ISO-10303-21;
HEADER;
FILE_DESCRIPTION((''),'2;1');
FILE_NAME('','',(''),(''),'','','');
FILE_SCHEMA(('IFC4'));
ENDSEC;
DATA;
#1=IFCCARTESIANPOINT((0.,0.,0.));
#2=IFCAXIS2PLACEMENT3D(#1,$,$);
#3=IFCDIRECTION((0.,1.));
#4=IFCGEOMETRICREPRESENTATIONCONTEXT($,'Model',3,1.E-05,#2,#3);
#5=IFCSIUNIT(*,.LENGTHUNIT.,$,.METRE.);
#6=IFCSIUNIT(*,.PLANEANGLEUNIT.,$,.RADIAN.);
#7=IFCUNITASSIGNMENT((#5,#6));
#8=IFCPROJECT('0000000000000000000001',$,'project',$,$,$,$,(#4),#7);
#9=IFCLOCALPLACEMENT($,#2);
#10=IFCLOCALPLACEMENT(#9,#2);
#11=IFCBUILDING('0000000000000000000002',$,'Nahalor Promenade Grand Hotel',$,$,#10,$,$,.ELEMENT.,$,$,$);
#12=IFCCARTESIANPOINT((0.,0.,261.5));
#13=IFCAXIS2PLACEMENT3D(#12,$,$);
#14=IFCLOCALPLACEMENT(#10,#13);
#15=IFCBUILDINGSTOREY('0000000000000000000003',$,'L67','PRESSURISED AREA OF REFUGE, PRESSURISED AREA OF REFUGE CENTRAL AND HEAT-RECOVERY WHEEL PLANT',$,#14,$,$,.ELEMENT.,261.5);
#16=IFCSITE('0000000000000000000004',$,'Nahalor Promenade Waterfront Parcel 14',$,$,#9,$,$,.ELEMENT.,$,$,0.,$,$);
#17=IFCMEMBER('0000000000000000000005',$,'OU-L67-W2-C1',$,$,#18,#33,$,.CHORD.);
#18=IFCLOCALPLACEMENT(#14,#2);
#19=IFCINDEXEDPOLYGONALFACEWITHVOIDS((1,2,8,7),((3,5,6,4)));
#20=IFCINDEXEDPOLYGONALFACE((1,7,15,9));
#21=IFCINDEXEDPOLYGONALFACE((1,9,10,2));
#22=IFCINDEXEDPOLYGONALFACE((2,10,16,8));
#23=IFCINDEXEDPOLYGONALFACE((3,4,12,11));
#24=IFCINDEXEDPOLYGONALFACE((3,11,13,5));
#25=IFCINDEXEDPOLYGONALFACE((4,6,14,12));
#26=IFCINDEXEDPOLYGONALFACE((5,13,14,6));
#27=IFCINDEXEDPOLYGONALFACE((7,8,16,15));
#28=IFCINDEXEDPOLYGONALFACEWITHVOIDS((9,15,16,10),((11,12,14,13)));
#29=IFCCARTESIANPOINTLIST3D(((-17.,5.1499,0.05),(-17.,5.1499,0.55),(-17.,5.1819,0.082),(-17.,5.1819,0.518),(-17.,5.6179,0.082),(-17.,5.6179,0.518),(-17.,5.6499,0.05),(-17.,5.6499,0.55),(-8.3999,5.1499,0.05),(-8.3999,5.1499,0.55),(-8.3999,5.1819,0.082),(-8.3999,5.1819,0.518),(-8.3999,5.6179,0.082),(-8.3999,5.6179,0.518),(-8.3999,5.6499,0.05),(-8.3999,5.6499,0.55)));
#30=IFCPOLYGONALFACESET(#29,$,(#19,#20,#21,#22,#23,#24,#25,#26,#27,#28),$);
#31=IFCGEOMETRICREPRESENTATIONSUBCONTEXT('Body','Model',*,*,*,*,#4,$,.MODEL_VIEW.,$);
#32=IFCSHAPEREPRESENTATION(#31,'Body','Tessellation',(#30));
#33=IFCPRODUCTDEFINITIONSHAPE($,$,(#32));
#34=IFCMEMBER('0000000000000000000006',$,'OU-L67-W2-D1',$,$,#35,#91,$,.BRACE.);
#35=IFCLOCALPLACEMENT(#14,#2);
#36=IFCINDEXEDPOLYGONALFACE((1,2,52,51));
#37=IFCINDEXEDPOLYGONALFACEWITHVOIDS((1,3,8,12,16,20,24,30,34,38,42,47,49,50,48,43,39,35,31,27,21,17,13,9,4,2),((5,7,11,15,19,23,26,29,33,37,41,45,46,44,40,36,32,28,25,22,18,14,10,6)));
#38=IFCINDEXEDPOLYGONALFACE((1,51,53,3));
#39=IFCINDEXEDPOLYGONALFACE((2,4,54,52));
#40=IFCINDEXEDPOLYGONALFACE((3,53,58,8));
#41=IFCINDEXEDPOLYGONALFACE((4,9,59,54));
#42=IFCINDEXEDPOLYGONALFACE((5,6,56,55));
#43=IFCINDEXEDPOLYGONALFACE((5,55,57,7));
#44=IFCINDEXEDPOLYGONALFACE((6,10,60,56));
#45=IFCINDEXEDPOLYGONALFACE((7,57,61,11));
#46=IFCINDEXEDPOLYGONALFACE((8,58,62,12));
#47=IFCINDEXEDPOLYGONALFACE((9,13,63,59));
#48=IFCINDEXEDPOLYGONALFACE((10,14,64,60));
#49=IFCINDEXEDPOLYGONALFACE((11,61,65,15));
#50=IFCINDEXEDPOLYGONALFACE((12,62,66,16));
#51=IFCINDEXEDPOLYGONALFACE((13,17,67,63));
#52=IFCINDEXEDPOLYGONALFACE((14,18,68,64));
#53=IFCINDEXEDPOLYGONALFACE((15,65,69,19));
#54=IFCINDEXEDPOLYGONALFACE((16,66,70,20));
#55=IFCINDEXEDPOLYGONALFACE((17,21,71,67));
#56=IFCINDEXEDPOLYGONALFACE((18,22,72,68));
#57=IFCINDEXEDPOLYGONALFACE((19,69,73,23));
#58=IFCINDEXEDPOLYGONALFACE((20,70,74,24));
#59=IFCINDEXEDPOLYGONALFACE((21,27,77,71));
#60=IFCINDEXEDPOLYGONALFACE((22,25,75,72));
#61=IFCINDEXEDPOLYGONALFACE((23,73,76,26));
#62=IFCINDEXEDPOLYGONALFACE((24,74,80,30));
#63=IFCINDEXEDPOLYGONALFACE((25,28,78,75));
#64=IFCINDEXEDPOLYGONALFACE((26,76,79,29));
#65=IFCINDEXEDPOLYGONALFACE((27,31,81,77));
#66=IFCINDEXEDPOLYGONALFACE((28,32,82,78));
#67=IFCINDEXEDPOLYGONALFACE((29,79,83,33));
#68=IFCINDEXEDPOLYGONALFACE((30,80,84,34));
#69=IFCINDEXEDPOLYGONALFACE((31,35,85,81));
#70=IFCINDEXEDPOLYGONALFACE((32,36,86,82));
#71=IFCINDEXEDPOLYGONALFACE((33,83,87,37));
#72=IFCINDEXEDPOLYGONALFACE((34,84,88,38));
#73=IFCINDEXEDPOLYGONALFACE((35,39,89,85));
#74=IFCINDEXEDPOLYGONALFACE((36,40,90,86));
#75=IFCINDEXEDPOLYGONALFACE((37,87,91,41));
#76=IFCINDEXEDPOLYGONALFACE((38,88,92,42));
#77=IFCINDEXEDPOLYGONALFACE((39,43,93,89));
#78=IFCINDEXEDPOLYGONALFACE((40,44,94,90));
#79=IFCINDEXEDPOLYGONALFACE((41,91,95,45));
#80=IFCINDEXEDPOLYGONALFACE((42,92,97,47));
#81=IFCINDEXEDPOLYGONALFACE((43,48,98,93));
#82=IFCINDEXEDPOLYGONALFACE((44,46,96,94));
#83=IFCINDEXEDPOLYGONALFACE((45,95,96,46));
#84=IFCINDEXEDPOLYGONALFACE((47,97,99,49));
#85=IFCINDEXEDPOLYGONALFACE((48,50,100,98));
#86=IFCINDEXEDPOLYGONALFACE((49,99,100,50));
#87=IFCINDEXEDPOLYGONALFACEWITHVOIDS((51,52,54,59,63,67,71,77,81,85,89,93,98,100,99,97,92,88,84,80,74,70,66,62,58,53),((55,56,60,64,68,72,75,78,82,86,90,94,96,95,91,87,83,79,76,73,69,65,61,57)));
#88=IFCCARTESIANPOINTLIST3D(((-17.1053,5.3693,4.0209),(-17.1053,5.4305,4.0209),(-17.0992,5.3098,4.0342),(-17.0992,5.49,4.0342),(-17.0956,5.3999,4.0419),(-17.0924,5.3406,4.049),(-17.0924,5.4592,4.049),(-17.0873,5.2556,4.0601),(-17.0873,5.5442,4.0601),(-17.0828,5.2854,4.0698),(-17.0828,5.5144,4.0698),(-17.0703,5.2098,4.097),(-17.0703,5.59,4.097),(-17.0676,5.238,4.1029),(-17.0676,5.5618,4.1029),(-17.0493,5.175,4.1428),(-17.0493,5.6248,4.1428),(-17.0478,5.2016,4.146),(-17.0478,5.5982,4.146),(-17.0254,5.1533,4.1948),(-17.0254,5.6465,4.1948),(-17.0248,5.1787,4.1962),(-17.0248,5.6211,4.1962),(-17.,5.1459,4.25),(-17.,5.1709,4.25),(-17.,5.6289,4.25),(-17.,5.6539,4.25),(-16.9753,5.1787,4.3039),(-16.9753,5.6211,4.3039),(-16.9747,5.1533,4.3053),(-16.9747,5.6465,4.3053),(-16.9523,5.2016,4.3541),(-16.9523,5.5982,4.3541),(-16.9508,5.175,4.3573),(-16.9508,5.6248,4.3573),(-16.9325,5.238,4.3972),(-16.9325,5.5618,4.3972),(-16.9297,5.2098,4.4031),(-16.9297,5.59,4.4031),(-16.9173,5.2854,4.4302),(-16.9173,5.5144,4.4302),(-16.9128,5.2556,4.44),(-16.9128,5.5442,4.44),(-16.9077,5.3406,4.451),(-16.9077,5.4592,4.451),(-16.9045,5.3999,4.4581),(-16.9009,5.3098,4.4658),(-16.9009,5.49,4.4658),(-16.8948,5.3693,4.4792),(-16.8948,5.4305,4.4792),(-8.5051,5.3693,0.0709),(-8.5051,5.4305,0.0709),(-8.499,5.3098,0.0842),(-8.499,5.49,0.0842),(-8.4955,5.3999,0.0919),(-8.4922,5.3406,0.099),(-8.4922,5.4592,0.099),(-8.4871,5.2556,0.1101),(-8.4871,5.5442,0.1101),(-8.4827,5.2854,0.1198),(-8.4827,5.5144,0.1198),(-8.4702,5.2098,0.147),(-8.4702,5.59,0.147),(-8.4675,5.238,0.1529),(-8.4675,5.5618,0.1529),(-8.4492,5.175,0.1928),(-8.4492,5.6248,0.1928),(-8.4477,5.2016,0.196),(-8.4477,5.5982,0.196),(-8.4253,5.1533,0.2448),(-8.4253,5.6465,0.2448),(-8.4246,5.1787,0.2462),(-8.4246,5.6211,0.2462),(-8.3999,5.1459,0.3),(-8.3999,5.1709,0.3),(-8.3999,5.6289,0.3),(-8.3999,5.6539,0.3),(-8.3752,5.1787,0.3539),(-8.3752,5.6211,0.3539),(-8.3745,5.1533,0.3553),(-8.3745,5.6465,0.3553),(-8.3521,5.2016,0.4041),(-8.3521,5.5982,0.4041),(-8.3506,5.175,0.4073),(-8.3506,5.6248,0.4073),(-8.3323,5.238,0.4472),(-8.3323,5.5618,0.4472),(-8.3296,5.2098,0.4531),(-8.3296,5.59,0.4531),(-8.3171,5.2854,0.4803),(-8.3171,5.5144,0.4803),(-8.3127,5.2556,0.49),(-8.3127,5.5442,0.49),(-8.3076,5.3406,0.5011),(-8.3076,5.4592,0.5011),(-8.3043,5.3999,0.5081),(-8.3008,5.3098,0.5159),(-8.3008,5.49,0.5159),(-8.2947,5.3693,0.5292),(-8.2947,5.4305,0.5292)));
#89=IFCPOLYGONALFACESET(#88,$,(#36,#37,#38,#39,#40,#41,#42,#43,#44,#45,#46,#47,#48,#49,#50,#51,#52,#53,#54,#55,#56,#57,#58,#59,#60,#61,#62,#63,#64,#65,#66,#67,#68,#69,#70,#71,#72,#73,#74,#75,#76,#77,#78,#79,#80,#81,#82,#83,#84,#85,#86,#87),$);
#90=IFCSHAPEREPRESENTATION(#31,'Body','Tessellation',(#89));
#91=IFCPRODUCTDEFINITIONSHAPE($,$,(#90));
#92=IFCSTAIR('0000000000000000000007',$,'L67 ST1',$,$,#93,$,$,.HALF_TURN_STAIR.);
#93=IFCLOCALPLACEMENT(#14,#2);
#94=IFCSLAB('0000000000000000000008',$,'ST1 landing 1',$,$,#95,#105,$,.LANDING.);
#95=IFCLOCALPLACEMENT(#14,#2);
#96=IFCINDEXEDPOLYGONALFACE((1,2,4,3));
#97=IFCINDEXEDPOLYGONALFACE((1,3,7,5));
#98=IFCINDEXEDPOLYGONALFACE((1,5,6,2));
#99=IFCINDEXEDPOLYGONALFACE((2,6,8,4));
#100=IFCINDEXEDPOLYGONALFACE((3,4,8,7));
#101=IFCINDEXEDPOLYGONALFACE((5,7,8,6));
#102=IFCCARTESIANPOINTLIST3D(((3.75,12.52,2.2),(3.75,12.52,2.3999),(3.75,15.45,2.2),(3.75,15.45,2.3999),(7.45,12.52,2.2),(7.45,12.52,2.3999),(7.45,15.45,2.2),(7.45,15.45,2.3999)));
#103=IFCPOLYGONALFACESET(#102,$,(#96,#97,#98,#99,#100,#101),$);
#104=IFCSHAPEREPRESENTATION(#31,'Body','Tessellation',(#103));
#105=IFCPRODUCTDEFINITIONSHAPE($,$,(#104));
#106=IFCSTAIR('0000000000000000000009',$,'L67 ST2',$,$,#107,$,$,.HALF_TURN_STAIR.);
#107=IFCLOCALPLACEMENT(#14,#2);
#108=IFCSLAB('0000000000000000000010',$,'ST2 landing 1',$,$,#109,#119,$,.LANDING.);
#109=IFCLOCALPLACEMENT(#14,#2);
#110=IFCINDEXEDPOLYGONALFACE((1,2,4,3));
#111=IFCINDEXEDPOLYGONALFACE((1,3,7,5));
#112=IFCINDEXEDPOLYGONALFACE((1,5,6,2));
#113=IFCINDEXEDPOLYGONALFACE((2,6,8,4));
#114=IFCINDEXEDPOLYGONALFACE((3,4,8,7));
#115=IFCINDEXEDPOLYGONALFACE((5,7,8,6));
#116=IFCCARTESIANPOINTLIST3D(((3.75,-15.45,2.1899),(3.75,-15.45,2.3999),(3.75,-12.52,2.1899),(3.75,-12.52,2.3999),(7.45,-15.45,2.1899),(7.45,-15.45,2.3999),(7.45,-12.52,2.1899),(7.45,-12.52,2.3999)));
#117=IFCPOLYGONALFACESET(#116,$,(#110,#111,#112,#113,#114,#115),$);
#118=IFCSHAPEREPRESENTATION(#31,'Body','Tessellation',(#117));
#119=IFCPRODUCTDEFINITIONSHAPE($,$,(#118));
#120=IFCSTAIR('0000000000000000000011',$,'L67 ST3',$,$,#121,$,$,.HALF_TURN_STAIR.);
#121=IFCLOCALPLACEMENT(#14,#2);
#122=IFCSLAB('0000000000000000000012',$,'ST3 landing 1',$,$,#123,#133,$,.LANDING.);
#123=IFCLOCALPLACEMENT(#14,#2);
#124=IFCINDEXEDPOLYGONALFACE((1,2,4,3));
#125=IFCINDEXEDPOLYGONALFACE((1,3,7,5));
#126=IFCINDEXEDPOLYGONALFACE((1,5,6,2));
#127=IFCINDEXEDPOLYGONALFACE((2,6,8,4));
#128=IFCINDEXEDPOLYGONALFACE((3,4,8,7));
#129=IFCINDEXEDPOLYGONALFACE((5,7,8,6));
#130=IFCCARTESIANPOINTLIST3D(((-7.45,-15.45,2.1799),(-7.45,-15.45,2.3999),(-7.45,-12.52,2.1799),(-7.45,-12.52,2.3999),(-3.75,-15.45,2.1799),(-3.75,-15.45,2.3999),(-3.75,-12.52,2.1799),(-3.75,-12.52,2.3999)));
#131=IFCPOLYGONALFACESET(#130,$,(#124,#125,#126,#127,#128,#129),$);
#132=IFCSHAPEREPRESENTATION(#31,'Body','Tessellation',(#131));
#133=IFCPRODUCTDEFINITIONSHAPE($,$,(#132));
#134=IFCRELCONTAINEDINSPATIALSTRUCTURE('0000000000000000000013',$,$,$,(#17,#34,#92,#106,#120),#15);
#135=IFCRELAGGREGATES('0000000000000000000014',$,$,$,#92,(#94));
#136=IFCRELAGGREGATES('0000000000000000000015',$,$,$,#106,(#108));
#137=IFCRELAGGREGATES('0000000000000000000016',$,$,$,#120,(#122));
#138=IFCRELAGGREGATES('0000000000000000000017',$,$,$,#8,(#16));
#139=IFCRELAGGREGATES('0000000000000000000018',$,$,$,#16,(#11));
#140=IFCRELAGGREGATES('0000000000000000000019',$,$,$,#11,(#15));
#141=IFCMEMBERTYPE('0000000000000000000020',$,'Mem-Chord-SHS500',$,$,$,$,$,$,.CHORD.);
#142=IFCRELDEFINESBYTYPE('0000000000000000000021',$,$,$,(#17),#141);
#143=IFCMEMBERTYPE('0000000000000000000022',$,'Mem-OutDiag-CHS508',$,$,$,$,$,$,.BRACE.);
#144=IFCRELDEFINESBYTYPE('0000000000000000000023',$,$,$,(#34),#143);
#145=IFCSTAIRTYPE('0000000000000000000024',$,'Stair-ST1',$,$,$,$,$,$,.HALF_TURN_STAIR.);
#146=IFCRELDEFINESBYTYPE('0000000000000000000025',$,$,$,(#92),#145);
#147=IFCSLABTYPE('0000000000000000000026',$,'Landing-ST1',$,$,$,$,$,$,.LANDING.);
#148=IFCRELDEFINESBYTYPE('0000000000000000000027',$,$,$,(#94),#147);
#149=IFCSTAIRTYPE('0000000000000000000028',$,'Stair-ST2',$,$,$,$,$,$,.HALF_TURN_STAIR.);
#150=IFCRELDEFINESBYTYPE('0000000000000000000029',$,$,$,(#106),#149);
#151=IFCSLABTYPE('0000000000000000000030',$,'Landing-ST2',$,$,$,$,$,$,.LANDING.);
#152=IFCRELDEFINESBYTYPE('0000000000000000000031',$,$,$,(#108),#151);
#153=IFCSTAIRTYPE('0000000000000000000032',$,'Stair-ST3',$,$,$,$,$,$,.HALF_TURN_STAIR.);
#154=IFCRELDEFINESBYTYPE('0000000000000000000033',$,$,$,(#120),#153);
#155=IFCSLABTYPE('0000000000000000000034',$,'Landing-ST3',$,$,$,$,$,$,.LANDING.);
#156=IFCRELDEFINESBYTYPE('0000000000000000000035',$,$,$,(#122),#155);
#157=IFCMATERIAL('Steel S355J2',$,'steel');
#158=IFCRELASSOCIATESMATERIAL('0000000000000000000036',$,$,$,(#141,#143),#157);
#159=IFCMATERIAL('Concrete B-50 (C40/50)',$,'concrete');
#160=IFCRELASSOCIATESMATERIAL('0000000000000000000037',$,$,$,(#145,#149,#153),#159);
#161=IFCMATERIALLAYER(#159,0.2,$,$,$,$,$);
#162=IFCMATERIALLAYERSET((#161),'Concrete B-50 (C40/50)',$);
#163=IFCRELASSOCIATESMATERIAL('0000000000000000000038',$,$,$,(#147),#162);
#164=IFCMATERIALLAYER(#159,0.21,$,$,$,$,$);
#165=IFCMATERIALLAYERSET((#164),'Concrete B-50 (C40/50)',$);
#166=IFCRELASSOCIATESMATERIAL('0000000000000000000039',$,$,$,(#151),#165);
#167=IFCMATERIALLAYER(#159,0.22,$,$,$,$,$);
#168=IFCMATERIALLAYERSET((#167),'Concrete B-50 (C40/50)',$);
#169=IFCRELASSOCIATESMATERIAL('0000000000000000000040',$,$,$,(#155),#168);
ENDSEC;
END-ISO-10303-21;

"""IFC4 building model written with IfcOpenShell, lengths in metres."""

from ifc_helpers import new_model, si_unit, direction, frame, origin, origin_2d, place, context, subcontext, project, spatial, polyline, hollow_rectangle, hollow_circle, outline, extrude, source, transform, mapped, material, layer, layer_set, material_profile, profile_set, type_object, element, aggregate, save


model = new_model("IFC4")

# Units and contexts
model_context = context("Model", 3, precision=1e-05, world=origin(), true_north=direction((0.0, 1.0)))
body_context = subcontext(model_context, "Body", "Model", "MODEL_VIEW")
ifc_project = project(units=[si_unit("LENGTHUNIT", "METRE"), si_unit("PLANEANGLEUNIT", "RADIAN")], contexts=[model_context])

# Site, building, storey
site_placement = place(None, origin())
site = spatial("IfcSite", under=ifc_project, at=site_placement, Name="Nahalor Promenade Waterfront Parcel 14", CompositionType="ELEMENT", RefElevation=0.0)
building_placement = place(site_placement, origin())
building = spatial("IfcBuilding", under=site, at=building_placement, Name="Nahalor Promenade Grand Hotel", CompositionType="ELEMENT")
storey_placement = place(building_placement, frame((0.0, 0.0, 261.5)))
storey = spatial("IfcBuildingStorey", under=building, at=storey_placement, Name="L67", Description="PRESSURISED AREA OF REFUGE, PRESSURISED AREA OF REFUGE CENTRAL AND HEAT-RECOVERY WHEEL PLANT", CompositionType="ELEMENT", Elevation=261.5)

# Members
ifc_material_1 = material(Name="Steel S355J2", Category="steel")
ifc_material_profile_1 = material_profile(ifc_material_1, hollow_rectangle(XDim=0.5, YDim=0.5, WallThickness=0.032, at=origin_2d()), Name="SHS 500x500x32")
ifc_profile_set_1 = profile_set([ifc_material_profile_1], Name="Steel S355J2")
member_type_1 = type_object("IfcMemberType", Name="Mem-Chord-SHS500", PredefinedType="CHORD", material=ifc_profile_set_1)
shared_shape_1 = source(origin(), body_context, "Body", "SweptSolid", [
    extrude(hollow_rectangle(XDim=0.5, YDim=0.5, WallThickness=0.032, at=origin_2d()), origin(), (0.0, 0.0, 1.0), 8.6001),
])
member_1_placement = place(storey_placement, frame((-8.3999, 5.3999, 0.3), z_axis=(-1.0, 0.0, 0.0), x_axis=(0.0, -1.0, 0.0)))
element("IfcMember", 1, at=member_1_placement, inside=storey, type_object=member_type_1, Name="OU-L67-W2-C1", PredefinedType="CHORD", context=body_context, shape_type="MappedRepresentation", body=[
    mapped(shared_shape_1, transform((0.0, 0.0, 0.0), scale=1.0)),
])
ifc_material_profile_2 = material_profile(ifc_material_1, hollow_circle(Radius=0.254, WallThickness=0.025, at=origin_2d()), Name="CHS 508x25")
ifc_profile_set_2 = profile_set([ifc_material_profile_2], Name="Steel S355J2")
member_type_2 = type_object("IfcMemberType", Name="Mem-OutDiag-CHS508", PredefinedType="BRACE", material=ifc_profile_set_2)
shared_shape_2 = source(origin(), body_context, "Body", "SweptSolid", [
    extrude(hollow_circle(Radius=0.254, WallThickness=0.025, at=origin_2d()), origin(), (0.0, 0.0, 1.0), 9.4639),
])
member_2_placement = place(storey_placement, frame((-8.3999, 5.3999, 0.3), z_axis=(-0.908735, 0.0, 0.417374), x_axis=(0.0, -1.0, 0.0)))
element("IfcMember", 2, at=member_2_placement, inside=storey, type_object=member_type_2, Name="OU-L67-W2-D1", PredefinedType="BRACE", context=body_context, shape_type="MappedRepresentation", body=[
    mapped(shared_shape_2, transform((0.0, 0.0, 0.0), scale=1.0)),
])

# Stairs, slabs
ifc_material_2 = material(Name="Concrete B-50 (C40/50)", Category="concrete")
stair_type_1 = type_object("IfcStairType", Name="Stair-ST1", PredefinedType="HALF_TURN_STAIR", material=ifc_material_2)
stair_1_placement = place(storey_placement, origin())
stair_1 = element("IfcStair", 3, at=stair_1_placement, inside=storey, type_object=stair_type_1, Name="L67 ST1", PredefinedType="HALF_TURN_STAIR")
ifc_layer_1 = layer(ifc_material_2, 0.2)
ifc_layer_set_1 = layer_set([ifc_layer_1], Name="Concrete B-50 (C40/50)")
slab_type_1 = type_object("IfcSlabType", Name="Landing-ST1", PredefinedType="LANDING", material=ifc_layer_set_1)
slab_1_placement = place(storey_placement, frame((0.0, 0.0, 2.2)))
slab_1 = element("IfcSlab", 4, at=slab_1_placement, type_object=slab_type_1, Name="ST1 landing 1", PredefinedType="LANDING", context=body_context, shape_type="SweptSolid", body=[
    extrude(outline(polyline([(7.45, 12.52), (7.45, 15.45), (3.75, 15.45), (3.75, 12.52), (7.45, 12.52)])), origin(), (0.0, 0.0, 1.0), 0.2),
])
aggregate(stair_1, [slab_1])
stair_type_2 = type_object("IfcStairType", Name="Stair-ST2", PredefinedType="HALF_TURN_STAIR", material=ifc_material_2)
stair_2_placement = place(storey_placement, origin())
stair_2 = element("IfcStair", 5, at=stair_2_placement, inside=storey, type_object=stair_type_2, Name="L67 ST2", PredefinedType="HALF_TURN_STAIR")
ifc_layer_2 = layer(ifc_material_2, 0.21)
ifc_layer_set_2 = layer_set([ifc_layer_2], Name="Concrete B-50 (C40/50)")
slab_type_2 = type_object("IfcSlabType", Name="Landing-ST2", PredefinedType="LANDING", material=ifc_layer_set_2)
slab_2_placement = place(storey_placement, frame((0.0, 0.0, 2.1899)))
slab_2 = element("IfcSlab", 6, at=slab_2_placement, type_object=slab_type_2, Name="ST2 landing 1", PredefinedType="LANDING", context=body_context, shape_type="SweptSolid", body=[
    extrude(outline(polyline([(3.75, -12.52), (3.75, -15.45), (7.45, -15.45), (7.45, -12.52), (3.75, -12.52)])), origin(), (0.0, 0.0, 1.0), 0.21),
])
aggregate(stair_2, [slab_2])
stair_type_3 = type_object("IfcStairType", Name="Stair-ST3", PredefinedType="HALF_TURN_STAIR", material=ifc_material_2)
stair_3_placement = place(storey_placement, origin())
stair_3 = element("IfcStair", 7, at=stair_3_placement, inside=storey, type_object=stair_type_3, Name="L67 ST3", PredefinedType="HALF_TURN_STAIR")
ifc_layer_3 = layer(ifc_material_2, 0.22)
ifc_layer_set_3 = layer_set([ifc_layer_3], Name="Concrete B-50 (C40/50)")
slab_type_3 = type_object("IfcSlabType", Name="Landing-ST3", PredefinedType="LANDING", material=ifc_layer_set_3)
slab_3_placement = place(storey_placement, frame((0.0, 0.0, 2.1799)))
slab_3 = element("IfcSlab", 8, at=slab_3_placement, type_object=slab_type_3, Name="ST3 landing 1", PredefinedType="LANDING", context=body_context, shape_type="SweptSolid", body=[
    extrude(outline(polyline([(-7.45, -12.52), (-7.45, -15.45), (-3.75, -15.45), (-3.75, -12.52), (-7.45, -12.52)])), origin(), (0.0, 0.0, 1.0), 0.22),
])
aggregate(stair_3, [slab_3])

save(model, "model.ifc")
